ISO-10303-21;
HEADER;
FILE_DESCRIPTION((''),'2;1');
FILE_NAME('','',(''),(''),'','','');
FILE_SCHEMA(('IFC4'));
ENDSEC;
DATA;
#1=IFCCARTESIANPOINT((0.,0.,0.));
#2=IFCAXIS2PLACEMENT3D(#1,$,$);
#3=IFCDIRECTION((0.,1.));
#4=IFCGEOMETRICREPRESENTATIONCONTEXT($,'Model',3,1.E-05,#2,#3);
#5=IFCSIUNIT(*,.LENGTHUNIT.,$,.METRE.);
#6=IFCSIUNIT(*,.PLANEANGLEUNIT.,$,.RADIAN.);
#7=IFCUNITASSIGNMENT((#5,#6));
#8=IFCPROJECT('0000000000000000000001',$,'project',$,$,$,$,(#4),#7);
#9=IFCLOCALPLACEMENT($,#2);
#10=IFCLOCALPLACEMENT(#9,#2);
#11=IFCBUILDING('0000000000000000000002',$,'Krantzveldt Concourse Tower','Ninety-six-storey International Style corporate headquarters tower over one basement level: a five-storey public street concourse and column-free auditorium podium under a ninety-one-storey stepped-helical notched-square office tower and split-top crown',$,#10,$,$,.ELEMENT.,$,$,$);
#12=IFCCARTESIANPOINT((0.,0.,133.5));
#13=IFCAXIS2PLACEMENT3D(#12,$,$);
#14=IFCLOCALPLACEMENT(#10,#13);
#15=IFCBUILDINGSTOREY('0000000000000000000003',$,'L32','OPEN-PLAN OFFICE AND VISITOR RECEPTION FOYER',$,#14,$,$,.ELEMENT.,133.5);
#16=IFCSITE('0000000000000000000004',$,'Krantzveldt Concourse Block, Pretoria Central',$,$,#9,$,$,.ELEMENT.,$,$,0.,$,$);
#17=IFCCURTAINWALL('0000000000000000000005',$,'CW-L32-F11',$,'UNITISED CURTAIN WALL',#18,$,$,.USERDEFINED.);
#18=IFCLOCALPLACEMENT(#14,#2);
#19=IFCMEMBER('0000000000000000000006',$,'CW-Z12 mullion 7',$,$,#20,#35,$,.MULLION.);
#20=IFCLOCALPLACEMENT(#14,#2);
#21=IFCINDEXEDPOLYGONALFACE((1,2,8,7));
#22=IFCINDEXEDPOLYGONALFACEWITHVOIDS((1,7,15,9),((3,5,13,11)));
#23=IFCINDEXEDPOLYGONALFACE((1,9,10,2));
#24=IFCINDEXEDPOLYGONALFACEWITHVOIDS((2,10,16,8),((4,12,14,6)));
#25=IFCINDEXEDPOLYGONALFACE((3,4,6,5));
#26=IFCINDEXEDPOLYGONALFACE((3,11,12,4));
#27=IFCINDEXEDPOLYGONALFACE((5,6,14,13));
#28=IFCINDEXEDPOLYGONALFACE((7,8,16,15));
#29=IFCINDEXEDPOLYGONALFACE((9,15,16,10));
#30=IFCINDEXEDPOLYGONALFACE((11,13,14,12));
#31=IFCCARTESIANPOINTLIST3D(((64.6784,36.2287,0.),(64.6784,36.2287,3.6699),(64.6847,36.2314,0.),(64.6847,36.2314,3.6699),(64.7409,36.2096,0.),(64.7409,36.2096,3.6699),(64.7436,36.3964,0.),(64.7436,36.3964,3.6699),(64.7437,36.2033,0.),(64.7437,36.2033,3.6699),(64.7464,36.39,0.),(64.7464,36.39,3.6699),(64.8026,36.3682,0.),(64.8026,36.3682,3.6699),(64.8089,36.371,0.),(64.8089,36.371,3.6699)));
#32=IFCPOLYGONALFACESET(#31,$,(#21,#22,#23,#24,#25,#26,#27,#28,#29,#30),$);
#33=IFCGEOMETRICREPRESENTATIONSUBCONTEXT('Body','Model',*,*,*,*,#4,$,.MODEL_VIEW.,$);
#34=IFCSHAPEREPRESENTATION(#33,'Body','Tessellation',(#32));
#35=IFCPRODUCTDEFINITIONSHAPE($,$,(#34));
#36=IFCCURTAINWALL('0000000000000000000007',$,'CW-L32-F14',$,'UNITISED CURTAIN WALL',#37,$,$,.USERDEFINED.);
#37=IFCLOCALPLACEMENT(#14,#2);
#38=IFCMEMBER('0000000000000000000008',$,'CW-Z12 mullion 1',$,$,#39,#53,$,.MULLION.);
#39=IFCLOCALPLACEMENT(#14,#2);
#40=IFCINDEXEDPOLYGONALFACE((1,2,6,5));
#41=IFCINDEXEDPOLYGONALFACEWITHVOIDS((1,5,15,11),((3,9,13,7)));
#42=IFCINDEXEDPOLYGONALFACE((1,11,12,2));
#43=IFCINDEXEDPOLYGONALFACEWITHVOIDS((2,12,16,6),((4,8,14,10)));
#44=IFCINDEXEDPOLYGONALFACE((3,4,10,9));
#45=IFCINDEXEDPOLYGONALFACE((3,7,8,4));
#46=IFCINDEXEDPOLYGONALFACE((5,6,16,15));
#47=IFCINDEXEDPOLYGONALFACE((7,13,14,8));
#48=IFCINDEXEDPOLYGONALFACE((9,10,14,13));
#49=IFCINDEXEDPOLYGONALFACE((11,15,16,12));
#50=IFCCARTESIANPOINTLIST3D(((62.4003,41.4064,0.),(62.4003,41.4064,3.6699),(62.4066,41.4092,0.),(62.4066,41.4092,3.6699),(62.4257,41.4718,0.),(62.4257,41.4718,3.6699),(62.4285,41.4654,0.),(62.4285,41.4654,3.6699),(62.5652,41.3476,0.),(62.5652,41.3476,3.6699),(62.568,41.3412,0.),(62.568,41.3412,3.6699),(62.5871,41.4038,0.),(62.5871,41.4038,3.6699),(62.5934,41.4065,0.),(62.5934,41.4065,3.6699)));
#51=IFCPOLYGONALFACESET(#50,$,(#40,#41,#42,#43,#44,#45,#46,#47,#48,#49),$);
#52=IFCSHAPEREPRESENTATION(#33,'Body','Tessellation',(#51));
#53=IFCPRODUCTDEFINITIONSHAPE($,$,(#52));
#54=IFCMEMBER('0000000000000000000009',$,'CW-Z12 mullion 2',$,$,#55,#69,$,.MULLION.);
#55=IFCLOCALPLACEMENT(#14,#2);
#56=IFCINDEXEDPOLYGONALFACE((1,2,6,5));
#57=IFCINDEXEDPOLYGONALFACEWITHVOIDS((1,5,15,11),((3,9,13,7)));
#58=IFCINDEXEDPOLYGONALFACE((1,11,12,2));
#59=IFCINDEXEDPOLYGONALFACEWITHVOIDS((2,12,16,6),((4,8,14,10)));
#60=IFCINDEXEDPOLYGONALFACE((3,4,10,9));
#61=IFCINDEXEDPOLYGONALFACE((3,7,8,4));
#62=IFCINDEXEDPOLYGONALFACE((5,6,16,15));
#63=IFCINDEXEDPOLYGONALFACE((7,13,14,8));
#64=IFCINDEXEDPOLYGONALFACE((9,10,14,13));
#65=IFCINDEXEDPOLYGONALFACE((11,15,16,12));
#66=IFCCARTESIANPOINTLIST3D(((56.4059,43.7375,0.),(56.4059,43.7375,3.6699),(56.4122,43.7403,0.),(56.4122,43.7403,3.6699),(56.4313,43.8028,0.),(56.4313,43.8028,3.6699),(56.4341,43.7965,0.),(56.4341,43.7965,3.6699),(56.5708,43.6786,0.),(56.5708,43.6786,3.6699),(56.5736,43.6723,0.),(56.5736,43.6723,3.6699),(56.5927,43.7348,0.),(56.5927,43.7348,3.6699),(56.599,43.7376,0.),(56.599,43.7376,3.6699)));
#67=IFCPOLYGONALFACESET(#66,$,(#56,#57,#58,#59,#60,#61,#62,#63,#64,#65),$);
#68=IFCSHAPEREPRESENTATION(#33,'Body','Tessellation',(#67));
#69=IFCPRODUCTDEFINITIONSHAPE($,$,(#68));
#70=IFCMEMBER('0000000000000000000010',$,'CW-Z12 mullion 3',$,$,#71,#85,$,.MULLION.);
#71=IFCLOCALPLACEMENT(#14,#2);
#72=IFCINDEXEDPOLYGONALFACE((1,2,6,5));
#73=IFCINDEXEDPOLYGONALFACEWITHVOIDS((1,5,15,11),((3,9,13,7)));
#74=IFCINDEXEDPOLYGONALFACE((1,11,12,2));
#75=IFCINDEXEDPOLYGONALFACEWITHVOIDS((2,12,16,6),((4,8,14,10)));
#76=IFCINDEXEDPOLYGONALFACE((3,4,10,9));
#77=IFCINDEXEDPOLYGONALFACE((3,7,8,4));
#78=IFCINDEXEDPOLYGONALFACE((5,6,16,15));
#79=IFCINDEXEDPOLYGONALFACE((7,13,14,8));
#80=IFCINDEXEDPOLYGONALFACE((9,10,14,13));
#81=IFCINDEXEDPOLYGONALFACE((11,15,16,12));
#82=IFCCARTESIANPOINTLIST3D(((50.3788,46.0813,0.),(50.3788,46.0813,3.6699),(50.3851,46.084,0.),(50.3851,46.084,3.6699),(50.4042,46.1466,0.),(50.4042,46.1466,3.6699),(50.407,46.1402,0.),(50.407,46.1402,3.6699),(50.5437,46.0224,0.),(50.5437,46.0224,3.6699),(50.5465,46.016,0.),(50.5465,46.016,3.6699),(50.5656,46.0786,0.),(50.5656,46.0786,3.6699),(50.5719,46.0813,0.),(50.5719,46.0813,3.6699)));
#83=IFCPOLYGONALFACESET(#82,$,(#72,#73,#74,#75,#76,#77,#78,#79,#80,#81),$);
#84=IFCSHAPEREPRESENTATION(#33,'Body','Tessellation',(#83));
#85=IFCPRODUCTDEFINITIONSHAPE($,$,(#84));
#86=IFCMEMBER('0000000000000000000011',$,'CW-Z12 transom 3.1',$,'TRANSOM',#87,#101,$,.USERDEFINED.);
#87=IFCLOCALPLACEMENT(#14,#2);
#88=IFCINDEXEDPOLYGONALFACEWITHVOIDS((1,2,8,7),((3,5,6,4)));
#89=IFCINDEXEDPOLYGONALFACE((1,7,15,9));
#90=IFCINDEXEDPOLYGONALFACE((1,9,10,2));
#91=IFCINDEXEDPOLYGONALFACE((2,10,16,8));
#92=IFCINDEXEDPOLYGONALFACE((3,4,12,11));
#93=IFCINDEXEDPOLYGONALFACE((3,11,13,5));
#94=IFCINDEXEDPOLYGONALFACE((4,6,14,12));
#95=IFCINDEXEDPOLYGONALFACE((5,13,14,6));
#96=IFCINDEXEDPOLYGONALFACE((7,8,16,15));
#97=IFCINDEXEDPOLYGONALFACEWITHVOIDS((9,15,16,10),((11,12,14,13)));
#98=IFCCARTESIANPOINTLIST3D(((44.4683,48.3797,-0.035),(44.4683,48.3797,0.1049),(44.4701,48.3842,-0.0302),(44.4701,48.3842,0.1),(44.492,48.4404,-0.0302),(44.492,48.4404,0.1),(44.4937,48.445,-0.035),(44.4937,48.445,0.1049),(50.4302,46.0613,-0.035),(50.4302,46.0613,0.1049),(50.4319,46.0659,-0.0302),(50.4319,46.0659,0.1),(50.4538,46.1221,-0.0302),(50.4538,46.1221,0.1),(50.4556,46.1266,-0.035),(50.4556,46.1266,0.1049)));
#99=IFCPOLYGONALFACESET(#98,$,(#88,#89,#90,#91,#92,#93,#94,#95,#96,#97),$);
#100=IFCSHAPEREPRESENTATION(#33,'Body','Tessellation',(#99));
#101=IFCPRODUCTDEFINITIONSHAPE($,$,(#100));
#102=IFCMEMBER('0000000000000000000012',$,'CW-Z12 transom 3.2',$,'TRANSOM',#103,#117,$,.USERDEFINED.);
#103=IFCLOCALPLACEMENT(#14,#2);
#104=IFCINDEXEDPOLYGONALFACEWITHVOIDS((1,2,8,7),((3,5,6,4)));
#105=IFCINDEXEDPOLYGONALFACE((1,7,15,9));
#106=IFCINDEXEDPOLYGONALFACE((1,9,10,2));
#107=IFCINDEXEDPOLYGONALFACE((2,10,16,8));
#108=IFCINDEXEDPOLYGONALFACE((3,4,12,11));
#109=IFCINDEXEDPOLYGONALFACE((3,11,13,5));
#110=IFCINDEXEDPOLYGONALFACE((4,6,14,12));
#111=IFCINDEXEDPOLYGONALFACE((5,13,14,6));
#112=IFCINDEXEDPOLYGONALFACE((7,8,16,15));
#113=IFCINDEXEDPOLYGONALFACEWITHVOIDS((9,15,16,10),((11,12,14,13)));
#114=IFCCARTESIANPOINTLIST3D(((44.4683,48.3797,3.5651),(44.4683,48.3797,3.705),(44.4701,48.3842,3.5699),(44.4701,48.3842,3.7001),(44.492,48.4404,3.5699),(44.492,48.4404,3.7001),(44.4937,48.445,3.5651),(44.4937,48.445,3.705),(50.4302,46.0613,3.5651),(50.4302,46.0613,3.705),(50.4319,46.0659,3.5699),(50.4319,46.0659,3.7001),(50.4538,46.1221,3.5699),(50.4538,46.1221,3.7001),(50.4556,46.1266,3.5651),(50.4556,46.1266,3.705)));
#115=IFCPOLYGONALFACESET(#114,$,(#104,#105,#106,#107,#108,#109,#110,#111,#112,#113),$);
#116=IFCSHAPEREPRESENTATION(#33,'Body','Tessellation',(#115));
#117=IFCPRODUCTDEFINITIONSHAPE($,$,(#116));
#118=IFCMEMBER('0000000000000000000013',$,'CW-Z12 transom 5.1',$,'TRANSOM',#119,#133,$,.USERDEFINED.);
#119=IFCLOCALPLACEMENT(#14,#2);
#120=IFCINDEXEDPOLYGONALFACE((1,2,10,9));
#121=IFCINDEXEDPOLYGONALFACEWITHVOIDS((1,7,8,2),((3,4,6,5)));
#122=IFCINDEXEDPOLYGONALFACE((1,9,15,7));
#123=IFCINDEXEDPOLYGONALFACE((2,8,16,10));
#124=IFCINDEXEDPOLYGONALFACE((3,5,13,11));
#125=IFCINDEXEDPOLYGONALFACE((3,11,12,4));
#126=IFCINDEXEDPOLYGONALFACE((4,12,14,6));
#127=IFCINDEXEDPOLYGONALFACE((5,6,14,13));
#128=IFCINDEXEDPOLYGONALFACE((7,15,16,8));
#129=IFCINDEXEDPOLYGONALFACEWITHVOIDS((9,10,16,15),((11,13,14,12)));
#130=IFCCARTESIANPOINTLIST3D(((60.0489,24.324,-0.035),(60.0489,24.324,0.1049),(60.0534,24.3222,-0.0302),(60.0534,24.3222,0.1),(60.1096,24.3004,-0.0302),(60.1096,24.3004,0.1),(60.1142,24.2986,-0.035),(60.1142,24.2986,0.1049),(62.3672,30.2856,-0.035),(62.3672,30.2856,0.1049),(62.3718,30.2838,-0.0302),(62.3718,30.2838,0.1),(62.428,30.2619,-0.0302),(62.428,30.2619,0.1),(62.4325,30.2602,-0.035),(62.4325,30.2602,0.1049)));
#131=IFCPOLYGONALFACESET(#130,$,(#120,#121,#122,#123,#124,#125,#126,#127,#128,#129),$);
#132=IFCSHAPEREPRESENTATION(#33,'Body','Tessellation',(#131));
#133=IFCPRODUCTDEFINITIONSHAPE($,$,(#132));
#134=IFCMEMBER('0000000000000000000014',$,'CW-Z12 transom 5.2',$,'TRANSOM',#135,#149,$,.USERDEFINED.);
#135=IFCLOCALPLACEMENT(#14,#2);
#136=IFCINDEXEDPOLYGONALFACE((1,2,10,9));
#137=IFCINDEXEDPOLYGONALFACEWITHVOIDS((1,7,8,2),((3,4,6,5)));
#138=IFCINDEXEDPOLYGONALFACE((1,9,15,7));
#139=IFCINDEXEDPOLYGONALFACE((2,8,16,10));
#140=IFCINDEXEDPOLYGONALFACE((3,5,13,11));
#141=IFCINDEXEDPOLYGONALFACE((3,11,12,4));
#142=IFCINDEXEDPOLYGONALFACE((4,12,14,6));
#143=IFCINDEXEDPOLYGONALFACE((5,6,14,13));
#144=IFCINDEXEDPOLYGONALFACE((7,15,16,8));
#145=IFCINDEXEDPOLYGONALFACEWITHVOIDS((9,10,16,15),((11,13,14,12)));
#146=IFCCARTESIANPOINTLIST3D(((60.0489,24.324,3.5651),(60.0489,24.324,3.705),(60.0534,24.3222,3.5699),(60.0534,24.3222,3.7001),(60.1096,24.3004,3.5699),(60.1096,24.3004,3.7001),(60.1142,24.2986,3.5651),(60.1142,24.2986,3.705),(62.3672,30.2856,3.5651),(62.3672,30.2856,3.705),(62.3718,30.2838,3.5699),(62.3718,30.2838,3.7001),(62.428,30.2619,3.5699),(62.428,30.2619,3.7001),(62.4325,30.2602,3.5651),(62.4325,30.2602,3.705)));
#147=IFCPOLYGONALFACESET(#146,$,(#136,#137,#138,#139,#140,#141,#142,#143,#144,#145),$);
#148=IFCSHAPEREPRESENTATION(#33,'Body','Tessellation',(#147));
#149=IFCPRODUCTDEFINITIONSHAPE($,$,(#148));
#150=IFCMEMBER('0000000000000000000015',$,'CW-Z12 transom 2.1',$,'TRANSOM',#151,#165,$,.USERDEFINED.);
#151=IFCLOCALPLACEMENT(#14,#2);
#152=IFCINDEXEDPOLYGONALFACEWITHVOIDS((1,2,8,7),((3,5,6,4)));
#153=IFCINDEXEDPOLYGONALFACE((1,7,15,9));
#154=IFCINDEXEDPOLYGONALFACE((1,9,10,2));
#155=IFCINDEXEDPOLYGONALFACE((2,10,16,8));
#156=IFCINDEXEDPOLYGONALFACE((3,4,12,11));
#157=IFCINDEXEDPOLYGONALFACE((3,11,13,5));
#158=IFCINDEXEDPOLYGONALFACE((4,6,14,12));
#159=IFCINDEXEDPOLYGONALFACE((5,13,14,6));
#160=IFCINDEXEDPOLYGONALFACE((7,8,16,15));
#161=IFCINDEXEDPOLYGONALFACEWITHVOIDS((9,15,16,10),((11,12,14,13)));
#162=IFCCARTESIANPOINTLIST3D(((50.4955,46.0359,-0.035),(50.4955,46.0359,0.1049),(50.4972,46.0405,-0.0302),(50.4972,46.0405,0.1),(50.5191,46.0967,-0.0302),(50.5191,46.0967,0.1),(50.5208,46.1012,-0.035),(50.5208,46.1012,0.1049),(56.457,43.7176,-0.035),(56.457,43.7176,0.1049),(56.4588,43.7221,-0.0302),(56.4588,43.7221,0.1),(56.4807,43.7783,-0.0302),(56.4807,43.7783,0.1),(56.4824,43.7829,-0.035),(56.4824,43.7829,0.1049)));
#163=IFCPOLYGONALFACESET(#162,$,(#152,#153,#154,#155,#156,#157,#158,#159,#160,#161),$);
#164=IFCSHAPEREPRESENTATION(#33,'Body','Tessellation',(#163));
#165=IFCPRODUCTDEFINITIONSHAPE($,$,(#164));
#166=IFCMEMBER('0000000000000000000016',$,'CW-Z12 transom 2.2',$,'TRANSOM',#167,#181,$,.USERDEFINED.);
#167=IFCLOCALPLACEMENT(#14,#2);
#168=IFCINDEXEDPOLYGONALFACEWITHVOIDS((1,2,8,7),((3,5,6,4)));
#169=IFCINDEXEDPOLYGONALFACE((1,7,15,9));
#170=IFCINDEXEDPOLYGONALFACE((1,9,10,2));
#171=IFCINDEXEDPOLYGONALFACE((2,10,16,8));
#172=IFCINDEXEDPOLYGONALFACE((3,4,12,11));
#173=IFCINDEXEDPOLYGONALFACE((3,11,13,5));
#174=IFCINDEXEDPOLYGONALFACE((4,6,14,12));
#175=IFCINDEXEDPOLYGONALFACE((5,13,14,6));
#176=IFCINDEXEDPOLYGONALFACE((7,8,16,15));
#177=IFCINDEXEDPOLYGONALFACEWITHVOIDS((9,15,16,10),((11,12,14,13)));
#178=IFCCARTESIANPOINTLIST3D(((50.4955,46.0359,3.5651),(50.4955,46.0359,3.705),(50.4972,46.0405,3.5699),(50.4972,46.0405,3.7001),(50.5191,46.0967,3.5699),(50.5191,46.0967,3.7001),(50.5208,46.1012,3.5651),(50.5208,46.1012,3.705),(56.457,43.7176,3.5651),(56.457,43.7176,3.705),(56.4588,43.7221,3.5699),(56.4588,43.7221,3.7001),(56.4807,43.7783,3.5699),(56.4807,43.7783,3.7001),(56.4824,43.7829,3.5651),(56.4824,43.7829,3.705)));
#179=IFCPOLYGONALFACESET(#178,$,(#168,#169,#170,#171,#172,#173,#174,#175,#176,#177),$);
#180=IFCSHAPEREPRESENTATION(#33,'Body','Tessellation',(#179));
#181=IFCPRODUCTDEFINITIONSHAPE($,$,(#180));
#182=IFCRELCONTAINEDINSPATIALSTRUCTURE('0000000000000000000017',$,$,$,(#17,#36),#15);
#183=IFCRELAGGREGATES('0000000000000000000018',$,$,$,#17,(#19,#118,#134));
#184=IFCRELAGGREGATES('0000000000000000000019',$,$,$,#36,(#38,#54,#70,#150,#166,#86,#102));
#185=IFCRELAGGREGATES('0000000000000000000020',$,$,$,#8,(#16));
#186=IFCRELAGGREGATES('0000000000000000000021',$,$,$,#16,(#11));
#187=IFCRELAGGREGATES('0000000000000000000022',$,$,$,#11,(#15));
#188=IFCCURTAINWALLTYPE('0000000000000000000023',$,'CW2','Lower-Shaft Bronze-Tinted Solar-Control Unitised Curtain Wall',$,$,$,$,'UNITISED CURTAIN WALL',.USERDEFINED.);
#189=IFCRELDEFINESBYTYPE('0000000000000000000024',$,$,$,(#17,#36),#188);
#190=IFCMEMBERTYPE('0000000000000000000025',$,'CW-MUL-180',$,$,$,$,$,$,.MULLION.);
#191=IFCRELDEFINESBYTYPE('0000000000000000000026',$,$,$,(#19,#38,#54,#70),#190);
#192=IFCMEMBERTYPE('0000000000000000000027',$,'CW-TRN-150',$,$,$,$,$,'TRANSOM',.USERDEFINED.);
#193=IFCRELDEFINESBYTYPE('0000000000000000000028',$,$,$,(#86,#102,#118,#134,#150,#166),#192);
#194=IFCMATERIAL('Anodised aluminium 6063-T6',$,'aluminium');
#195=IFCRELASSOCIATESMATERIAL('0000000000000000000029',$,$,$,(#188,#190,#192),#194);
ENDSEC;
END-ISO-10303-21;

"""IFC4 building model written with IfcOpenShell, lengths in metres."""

from ifc_helpers import new_model, si_unit, direction, frame, origin, origin_2d, place, context, subcontext, project, spatial, hollow_rectangle, extrude, source, transform, mapped, material, material_profile, profile_set, type_object, type_shapes, element, aggregate, save


model = new_model("IFC4")

# Units and contexts
model_context = context("Model", 3, precision=1e-05, world=origin(), true_north=direction((0.0, 1.0)))
body_context = subcontext(model_context, "Body", "Model", "MODEL_VIEW")
ifc_project = project(units=[si_unit("LENGTHUNIT", "METRE"), si_unit("PLANEANGLEUNIT", "RADIAN")], contexts=[model_context])

# Site, building, storey
site_placement = place(None, origin())
site = spatial("IfcSite", under=ifc_project, at=site_placement, Name="Krantzveldt Concourse Block, Pretoria Central", CompositionType="ELEMENT", RefElevation=0.0)
building_placement = place(site_placement, origin())
building = spatial("IfcBuilding", under=site, at=building_placement, Name="Krantzveldt Concourse Tower", Description="Ninety-six-storey International Style corporate headquarters tower over one basement level: a five-storey public street concourse and column-free auditorium podium under a ninety-one-storey stepped-helical notched-square office tower and split-top crown", CompositionType="ELEMENT")
storey_placement = place(building_placement, frame((0.0, 0.0, 133.5)))
storey = spatial("IfcBuildingStorey", under=building, at=storey_placement, Name="L32", Description="OPEN-PLAN OFFICE AND VISITOR RECEPTION FOYER", CompositionType="ELEMENT", Elevation=133.5)

# Curtain walls, members
ifc_material_1 = material(Name="Anodised aluminium 6063-T6", Category="aluminium")
curtain_wall_type = type_object("IfcCurtainWallType", Name="CW2", Description="Lower-Shaft Bronze-Tinted Solar-Control Unitised Curtain Wall", ElementType="UNITISED CURTAIN WALL", PredefinedType="USERDEFINED", material=ifc_material_1)
curtain_wall_1_placement = place(storey_placement, origin())
curtain_wall_1 = element("IfcCurtainWall", 1, at=curtain_wall_1_placement, inside=storey, type_object=curtain_wall_type, Name="CW-L32-F11", ObjectType="UNITISED CURTAIN WALL", PredefinedType="USERDEFINED")
ifc_material_profile_1 = material_profile(ifc_material_1, hollow_rectangle(XDim=0.0701, YDim=0.1799, WallThickness=0.0049, at=origin_2d()), Name="Anodised aluminium 6063-T6", Category="aluminium")
ifc_profile_set_1 = profile_set([ifc_material_profile_1], Name="Anodised aluminium 6063-T6 - ALU-MULL 180x70x5")
member_type_1 = type_object("IfcMemberType", Name="CW-MUL-180", PredefinedType="MULLION", material=ifc_profile_set_1)
shared_shape_1 = source(origin(), body_context, "Body", "SweptSolid", [
    extrude(hollow_rectangle(XDim=0.0701, YDim=0.1799, WallThickness=0.0049, at=origin_2d()), origin(), (0.0, 0.0, 1.0), 3.6699),
])
type_shapes(member_type_1, [shared_shape_1])
member_1_placement = place(storey_placement, frame((64.7437, 36.2998, 0.0), z_axis=(0.0, 0.0, 1.0), x_axis=(-0.932008, 0.362438, 0.0)))
member_1 = element("IfcMember", 2, at=member_1_placement, type_object=member_type_1, Name="CW-Z12 mullion 7", PredefinedType="MULLION", context=body_context, shape_type="MappedRepresentation", body=[
    mapped(shared_shape_1, transform((0.0, 0.0, 0.0), x_axis=(1.0, 0.0, 0.0), y_axis=(0.0, 1.0, 0.0), z_axis=(0.0, 0.0, 1.0), scale=1.0)),
])
curtain_wall_2_placement = place(storey_placement, origin())
curtain_wall_2 = element("IfcCurtainWall", 3, at=curtain_wall_2_placement, inside=storey, type_object=curtain_wall_type, Name="CW-L32-F14", ObjectType="UNITISED CURTAIN WALL", PredefinedType="USERDEFINED")
member_2_placement = place(storey_placement, frame((62.4968, 41.4065, 0.0), z_axis=(0.0, 0.0, 1.0), x_axis=(-0.362438, -0.932008, 0.0)))
member_2 = element("IfcMember", 4, at=member_2_placement, type_object=member_type_1, Name="CW-Z12 mullion 1", PredefinedType="MULLION", context=body_context, shape_type="MappedRepresentation", body=[
    mapped(shared_shape_1, transform((0.0, 0.0, 0.0), x_axis=(1.0, 0.0, 0.0), y_axis=(0.0, 1.0, 0.0), z_axis=(0.0, 0.0, 1.0), scale=1.0)),
])
member_3_placement = place(storey_placement, frame((56.5024, 43.7375, 0.0), z_axis=(0.0, 0.0, 1.0), x_axis=(-0.362438, -0.932008, 0.0)))
member_3 = element("IfcMember", 5, at=member_3_placement, type_object=member_type_1, Name="CW-Z12 mullion 2", PredefinedType="MULLION", context=body_context, shape_type="MappedRepresentation", body=[
    mapped(shared_shape_1, transform((0.0, 0.0, 0.0), x_axis=(1.0, 0.0, 0.0), y_axis=(0.0, 1.0, 0.0), z_axis=(0.0, 0.0, 1.0), scale=1.0)),
])
member_4_placement = place(storey_placement, frame((50.4753, 46.0813, 0.0), z_axis=(0.0, 0.0, 1.0), x_axis=(-0.362438, -0.932008, 0.0)))
member_4 = element("IfcMember", 6, at=member_4_placement, type_object=member_type_1, Name="CW-Z12 mullion 3", PredefinedType="MULLION", context=body_context, shape_type="MappedRepresentation", body=[
    mapped(shared_shape_1, transform((0.0, 0.0, 0.0), x_axis=(1.0, 0.0, 0.0), y_axis=(0.0, 1.0, 0.0), z_axis=(0.0, 0.0, 1.0), scale=1.0)),
])
ifc_material_profile_2 = material_profile(ifc_material_1, hollow_rectangle(XDim=0.0701, YDim=0.1399, WallThickness=0.0049, at=origin_2d()), Name="Anodised aluminium 6063-T6", Category="aluminium")
ifc_profile_set_2 = profile_set([ifc_material_profile_2], Name="Anodised aluminium 6063-T6 - ALU-TRAN 140x70x5")
member_type_2 = type_object("IfcMemberType", Name="CW-TRN-150", ElementType="TRANSOM", PredefinedType="USERDEFINED", material=ifc_profile_set_2)
shared_shape_2 = source(origin(), body_context, "Body", "SweptSolid", [
    extrude(hollow_rectangle(XDim=0.0701, YDim=0.1399, WallThickness=0.0049, at=origin_2d()), origin(), (0.0, 0.0, 1.0), 6.3967),
])
member_5_placement = place(storey_placement, frame((50.4429, 46.094, 0.0349), z_axis=(-0.932013, 0.362424, 0.0), x_axis=(-0.362424, -0.932013, 0.0)))
member_5 = element("IfcMember", 7, at=member_5_placement, type_object=member_type_2, Name="CW-Z12 transom 3.1", ObjectType="TRANSOM", PredefinedType="USERDEFINED", context=body_context, shape_type="MappedRepresentation", body=[
    mapped(shared_shape_2, transform((0.0, 0.0, 0.0), x_axis=(1.0, 0.0, 0.0), y_axis=(0.0, 1.0, 0.0), z_axis=(0.0, 0.0, 1.0), scale=1.0)),
])
member_6_placement = place(storey_placement, frame((50.4429, 46.094, 3.635), z_axis=(-0.932013, 0.362424, 0.0), x_axis=(-0.362424, -0.932013, 0.0)))
member_6 = element("IfcMember", 8, at=member_6_placement, type_object=member_type_2, Name="CW-Z12 transom 3.2", ObjectType="TRANSOM", PredefinedType="USERDEFINED", context=body_context, shape_type="MappedRepresentation", body=[
    mapped(shared_shape_2, transform((0.0, 0.0, 0.0), x_axis=(1.0, 0.0, 0.0), y_axis=(0.0, 1.0, 0.0), z_axis=(0.0, 0.0, 1.0), scale=1.0)),
])

# Members
shared_shape_3 = source(origin(), body_context, "Body", "SweptSolid", [
    extrude(hollow_rectangle(XDim=0.0701, YDim=0.1399, WallThickness=0.0049, at=origin_2d()), origin(), (0.0, 0.0, 1.0), 6.3965),
])
member_7_placement = place(storey_placement, frame((60.0815, 24.3113, 0.0349), z_axis=(0.362437, 0.932008, 0.0), x_axis=(-0.932008, 0.362437, 0.0)))
member_7 = element("IfcMember", 9, at=member_7_placement, type_object=member_type_2, Name="CW-Z12 transom 5.1", ObjectType="TRANSOM", PredefinedType="USERDEFINED", context=body_context, shape_type="MappedRepresentation", body=[
    mapped(shared_shape_3, transform((0.0, 0.0, 0.0), x_axis=(1.0, 0.0, 0.0), y_axis=(0.0, 1.0, 0.0), z_axis=(0.0, 0.0, 1.0), scale=1.0)),
])
member_8_placement = place(storey_placement, frame((60.0815, 24.3113, 3.635), z_axis=(0.362437, 0.932008, 0.0), x_axis=(-0.932008, 0.362437, 0.0)))
member_8 = element("IfcMember", 10, at=member_8_placement, type_object=member_type_2, Name="CW-Z12 transom 5.2", ObjectType="TRANSOM", PredefinedType="USERDEFINED", context=body_context, shape_type="MappedRepresentation", body=[
    mapped(shared_shape_3, transform((0.0, 0.0, 0.0), x_axis=(1.0, 0.0, 0.0), y_axis=(0.0, 1.0, 0.0), z_axis=(0.0, 0.0, 1.0), scale=1.0)),
])
member_9_placement = place(storey_placement, frame((56.4697, 43.7502, 0.0349), z_axis=(-0.932008, 0.362437, 0.0), x_axis=(-0.362437, -0.932008, 0.0)))
member_9 = element("IfcMember", 11, at=member_9_placement, type_object=member_type_2, Name="CW-Z12 transom 2.1", ObjectType="TRANSOM", PredefinedType="USERDEFINED", context=body_context, shape_type="MappedRepresentation", body=[
    mapped(shared_shape_3, transform((0.0, 0.0, 0.0), x_axis=(1.0, 0.0, 0.0), y_axis=(0.0, 1.0, 0.0), z_axis=(0.0, 0.0, 1.0), scale=1.0)),
])
member_10_placement = place(storey_placement, frame((56.4697, 43.7502, 3.635), z_axis=(-0.932008, 0.362437, 0.0), x_axis=(-0.362437, -0.932008, 0.0)))
member_10 = element("IfcMember", 12, at=member_10_placement, type_object=member_type_2, Name="CW-Z12 transom 2.2", ObjectType="TRANSOM", PredefinedType="USERDEFINED", context=body_context, shape_type="MappedRepresentation", body=[
    mapped(shared_shape_3, transform((0.0, 0.0, 0.0), x_axis=(1.0, 0.0, 0.0), y_axis=(0.0, 1.0, 0.0), z_axis=(0.0, 0.0, 1.0), scale=1.0)),
])

aggregate(curtain_wall_1, [member_1, member_7, member_8])
aggregate(curtain_wall_2, [member_2, member_3, member_4, member_9, member_10, member_5, member_6])

save(model, "model.ifc")
